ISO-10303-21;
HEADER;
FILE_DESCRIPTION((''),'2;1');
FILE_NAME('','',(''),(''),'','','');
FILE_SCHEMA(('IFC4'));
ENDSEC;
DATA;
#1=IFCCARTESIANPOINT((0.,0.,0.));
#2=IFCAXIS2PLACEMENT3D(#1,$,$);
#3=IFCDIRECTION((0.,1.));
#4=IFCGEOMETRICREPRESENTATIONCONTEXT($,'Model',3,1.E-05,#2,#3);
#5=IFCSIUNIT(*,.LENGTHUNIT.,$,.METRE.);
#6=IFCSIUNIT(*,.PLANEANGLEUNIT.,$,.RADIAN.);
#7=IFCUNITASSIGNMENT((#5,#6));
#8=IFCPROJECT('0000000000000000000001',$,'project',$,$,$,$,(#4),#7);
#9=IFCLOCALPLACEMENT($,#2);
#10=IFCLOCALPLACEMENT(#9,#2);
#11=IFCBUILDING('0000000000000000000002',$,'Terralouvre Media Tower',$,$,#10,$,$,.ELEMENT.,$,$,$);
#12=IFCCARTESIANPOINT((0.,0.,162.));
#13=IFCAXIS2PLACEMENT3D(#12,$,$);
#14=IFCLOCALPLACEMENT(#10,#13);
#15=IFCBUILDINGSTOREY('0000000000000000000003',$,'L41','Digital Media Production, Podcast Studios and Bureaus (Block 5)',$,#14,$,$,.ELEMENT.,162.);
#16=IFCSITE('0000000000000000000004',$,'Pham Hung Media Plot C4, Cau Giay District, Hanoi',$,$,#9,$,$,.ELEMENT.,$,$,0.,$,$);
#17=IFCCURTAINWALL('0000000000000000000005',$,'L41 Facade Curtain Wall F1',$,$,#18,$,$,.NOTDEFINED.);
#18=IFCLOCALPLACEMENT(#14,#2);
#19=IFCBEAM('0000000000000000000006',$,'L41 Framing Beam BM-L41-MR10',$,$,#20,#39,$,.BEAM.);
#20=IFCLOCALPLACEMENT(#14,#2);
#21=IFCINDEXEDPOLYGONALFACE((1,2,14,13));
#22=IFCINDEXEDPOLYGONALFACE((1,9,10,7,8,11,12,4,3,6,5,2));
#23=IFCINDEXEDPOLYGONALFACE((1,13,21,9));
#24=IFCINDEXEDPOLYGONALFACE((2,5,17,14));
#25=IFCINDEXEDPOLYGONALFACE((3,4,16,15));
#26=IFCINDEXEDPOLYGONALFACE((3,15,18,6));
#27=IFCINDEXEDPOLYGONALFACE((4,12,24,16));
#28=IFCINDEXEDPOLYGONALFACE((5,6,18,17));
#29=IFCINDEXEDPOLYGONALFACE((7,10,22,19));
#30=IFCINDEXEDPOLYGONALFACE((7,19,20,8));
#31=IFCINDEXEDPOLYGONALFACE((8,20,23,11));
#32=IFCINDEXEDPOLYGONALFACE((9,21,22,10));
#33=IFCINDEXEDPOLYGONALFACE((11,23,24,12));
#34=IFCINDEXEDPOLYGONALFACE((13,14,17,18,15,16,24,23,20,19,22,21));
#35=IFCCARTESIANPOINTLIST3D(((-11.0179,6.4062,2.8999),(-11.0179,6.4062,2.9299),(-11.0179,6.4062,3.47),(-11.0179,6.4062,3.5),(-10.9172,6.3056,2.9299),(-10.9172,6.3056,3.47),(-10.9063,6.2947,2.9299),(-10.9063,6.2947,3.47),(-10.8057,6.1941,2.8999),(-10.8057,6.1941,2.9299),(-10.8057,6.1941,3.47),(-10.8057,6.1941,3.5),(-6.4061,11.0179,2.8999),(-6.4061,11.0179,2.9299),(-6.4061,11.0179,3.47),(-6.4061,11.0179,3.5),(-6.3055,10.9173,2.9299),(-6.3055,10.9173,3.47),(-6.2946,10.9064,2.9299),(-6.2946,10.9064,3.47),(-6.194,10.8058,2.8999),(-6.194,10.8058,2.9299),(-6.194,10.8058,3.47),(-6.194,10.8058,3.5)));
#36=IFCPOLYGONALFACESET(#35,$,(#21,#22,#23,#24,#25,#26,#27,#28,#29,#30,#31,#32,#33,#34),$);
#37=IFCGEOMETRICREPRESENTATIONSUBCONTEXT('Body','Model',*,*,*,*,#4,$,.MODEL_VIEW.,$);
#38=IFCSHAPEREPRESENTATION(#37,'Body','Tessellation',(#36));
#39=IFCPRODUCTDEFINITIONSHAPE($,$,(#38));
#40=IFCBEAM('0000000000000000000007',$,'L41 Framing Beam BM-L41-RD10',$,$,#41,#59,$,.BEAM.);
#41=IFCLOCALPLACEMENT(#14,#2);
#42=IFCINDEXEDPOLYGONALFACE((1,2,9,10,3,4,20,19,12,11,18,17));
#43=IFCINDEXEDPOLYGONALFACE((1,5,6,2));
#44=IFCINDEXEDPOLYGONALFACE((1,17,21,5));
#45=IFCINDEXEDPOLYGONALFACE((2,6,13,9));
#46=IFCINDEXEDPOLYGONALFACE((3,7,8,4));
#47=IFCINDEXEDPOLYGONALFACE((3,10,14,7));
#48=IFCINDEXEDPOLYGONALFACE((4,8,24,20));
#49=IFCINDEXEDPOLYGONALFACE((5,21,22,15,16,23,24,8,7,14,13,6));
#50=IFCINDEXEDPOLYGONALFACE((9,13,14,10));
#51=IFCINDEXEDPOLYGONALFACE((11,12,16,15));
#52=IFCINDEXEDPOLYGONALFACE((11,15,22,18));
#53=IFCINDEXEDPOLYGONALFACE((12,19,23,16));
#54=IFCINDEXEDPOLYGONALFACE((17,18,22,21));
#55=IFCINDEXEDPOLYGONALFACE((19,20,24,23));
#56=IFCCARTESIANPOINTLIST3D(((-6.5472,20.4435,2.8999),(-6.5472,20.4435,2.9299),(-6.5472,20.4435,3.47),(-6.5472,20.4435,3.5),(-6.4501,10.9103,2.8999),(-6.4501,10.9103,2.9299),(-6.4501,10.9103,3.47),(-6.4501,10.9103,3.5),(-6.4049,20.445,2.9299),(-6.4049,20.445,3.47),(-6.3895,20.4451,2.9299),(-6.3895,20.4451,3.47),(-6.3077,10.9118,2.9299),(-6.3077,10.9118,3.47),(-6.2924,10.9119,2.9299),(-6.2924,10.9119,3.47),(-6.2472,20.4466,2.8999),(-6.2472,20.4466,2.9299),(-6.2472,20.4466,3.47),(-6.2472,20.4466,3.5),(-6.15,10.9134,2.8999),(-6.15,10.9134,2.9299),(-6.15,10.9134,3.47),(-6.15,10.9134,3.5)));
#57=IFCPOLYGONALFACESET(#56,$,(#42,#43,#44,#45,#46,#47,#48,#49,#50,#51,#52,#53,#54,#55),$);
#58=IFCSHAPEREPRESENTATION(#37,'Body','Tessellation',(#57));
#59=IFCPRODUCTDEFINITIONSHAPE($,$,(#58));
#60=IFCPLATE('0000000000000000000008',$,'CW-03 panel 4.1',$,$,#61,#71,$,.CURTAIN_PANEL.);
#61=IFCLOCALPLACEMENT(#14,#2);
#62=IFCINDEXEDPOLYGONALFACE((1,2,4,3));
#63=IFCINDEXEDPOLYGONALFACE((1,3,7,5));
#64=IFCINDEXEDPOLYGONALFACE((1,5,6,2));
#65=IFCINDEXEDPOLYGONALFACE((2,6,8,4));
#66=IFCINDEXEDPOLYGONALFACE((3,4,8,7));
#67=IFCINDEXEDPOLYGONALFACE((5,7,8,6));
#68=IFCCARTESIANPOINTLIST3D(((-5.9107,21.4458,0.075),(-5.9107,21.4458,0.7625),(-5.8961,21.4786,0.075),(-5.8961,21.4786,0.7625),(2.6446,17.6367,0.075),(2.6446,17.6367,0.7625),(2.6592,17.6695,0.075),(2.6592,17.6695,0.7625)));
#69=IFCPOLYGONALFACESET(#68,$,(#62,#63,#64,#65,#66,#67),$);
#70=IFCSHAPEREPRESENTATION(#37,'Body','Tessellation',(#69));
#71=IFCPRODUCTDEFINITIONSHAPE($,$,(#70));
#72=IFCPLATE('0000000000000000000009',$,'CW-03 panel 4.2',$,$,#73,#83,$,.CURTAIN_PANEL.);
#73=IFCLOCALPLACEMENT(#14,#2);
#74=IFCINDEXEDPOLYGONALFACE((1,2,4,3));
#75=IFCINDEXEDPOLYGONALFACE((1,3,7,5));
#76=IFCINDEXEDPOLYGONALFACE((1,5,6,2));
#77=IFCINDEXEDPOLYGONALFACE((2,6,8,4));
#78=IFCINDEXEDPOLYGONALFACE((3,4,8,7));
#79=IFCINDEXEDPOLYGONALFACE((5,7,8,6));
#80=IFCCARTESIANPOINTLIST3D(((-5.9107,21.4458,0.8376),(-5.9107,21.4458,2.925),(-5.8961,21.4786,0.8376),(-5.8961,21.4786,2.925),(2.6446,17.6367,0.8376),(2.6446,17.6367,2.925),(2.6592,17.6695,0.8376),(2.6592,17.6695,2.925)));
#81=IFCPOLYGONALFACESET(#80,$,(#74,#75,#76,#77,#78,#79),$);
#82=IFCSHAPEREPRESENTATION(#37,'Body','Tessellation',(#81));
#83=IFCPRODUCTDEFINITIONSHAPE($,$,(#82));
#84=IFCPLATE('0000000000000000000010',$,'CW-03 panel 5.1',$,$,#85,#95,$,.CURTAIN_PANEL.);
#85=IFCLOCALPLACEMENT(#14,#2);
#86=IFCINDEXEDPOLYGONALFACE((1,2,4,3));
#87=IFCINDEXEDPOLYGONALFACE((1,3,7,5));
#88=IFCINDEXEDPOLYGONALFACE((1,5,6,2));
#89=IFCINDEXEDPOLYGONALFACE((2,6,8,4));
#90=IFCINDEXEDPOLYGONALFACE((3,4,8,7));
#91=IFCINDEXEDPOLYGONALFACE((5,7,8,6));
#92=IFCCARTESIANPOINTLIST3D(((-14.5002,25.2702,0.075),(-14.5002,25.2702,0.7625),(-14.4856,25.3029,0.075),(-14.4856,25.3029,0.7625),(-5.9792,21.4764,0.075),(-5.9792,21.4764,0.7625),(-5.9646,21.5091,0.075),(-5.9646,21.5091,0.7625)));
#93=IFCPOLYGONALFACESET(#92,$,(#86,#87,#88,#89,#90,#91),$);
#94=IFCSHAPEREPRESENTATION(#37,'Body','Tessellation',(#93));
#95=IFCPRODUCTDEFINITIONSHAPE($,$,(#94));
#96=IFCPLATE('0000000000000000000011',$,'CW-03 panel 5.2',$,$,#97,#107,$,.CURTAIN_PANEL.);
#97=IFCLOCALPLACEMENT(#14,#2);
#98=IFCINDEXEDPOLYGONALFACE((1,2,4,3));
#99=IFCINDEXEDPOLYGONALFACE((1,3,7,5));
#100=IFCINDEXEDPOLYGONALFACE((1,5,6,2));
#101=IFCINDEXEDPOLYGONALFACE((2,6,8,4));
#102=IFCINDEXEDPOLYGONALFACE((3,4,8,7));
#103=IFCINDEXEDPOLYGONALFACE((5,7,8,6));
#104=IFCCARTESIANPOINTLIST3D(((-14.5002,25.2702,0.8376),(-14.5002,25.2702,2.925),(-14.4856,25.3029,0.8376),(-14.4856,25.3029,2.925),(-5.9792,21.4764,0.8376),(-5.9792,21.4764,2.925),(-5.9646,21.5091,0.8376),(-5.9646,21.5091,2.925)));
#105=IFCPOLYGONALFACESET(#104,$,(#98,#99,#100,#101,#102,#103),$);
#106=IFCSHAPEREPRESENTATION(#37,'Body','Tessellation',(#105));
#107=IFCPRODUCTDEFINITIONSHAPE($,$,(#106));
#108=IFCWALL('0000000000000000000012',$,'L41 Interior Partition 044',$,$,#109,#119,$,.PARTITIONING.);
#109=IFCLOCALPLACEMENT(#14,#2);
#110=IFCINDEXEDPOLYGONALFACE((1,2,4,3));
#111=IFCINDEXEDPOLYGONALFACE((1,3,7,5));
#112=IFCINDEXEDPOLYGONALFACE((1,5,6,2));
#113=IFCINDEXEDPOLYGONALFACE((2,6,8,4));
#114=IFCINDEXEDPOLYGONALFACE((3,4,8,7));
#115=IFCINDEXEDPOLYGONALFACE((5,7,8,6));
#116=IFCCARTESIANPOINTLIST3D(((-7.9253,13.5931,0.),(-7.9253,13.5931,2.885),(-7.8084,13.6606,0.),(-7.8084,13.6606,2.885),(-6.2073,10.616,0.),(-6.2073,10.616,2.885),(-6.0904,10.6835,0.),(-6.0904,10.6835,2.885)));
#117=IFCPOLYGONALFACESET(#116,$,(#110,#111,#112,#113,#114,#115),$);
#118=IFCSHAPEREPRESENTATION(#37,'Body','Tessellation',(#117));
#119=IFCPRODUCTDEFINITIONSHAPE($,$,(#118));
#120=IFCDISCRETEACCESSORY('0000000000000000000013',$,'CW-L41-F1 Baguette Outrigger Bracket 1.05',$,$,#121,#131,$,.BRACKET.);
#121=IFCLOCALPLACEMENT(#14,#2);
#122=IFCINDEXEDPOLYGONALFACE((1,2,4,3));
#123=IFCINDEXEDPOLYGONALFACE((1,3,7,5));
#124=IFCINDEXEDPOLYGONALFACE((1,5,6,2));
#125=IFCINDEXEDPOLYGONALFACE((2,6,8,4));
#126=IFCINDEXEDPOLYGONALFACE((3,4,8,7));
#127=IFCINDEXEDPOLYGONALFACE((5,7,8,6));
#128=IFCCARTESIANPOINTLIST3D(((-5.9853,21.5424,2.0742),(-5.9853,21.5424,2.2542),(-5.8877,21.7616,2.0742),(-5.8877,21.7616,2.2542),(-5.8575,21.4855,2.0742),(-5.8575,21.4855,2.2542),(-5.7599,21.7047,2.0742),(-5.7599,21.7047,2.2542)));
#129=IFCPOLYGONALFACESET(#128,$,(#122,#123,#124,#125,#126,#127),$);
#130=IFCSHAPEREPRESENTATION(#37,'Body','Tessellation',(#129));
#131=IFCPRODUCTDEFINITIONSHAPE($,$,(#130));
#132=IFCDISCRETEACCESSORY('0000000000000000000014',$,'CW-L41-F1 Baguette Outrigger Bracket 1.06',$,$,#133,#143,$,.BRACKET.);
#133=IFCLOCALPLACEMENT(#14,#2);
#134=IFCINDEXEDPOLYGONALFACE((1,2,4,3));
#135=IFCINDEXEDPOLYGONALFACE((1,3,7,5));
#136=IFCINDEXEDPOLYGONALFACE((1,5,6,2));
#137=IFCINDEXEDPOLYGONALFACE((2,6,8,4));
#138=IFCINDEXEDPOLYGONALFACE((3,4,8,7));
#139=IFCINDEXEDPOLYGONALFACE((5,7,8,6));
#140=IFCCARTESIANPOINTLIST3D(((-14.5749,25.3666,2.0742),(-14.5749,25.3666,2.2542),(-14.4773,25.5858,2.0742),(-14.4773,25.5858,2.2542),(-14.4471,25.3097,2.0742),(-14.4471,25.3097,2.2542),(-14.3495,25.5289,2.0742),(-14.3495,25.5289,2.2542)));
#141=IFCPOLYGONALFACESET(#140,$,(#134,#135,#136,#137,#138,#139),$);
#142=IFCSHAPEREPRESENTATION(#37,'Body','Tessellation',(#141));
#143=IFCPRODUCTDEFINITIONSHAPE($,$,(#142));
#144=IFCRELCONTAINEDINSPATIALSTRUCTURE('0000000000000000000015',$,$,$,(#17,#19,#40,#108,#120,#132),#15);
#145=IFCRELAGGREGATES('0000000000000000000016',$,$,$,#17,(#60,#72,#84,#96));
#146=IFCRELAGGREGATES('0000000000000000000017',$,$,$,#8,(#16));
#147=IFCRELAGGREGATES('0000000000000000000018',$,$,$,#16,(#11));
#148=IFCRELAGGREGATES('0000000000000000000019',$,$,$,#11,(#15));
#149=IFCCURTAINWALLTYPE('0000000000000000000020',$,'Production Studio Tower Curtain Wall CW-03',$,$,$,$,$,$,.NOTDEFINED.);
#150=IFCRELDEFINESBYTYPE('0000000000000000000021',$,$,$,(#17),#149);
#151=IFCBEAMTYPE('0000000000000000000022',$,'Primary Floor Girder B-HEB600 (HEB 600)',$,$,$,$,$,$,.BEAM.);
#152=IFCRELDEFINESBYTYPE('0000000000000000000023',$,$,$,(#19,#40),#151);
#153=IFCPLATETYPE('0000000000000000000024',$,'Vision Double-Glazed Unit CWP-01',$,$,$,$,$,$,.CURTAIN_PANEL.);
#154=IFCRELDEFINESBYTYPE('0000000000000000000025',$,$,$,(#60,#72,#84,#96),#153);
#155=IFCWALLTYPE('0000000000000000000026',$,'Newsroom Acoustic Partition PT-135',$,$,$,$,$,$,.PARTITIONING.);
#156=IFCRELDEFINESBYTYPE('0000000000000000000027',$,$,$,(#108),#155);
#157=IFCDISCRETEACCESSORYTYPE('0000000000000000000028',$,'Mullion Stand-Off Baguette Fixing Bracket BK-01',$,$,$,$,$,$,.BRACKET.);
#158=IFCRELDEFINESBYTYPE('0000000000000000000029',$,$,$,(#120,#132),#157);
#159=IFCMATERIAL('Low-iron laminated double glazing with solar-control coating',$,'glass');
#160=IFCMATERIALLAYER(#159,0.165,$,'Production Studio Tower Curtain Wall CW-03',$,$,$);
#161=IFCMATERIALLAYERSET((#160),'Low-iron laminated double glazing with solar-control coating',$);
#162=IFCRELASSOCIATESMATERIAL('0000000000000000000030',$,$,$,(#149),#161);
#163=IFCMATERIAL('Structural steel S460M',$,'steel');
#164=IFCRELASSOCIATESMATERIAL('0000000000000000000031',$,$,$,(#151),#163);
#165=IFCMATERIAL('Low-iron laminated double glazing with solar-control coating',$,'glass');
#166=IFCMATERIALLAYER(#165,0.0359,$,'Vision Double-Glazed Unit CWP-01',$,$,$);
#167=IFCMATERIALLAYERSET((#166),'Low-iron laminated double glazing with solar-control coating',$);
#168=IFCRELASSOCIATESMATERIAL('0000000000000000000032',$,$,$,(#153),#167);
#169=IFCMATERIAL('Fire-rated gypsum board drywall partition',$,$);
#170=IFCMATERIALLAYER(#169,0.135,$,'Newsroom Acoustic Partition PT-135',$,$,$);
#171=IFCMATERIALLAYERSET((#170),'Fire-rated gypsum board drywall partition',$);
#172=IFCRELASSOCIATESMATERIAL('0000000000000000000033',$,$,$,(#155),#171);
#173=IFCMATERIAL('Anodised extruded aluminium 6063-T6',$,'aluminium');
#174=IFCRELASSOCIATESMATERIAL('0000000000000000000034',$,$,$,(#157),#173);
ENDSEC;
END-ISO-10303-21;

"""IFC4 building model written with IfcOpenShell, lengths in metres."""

from ifc_helpers import new_model, si_unit, direction, frame, frame_2d, origin, origin_2d, place, context, subcontext, project, spatial, rectangle, i_section, extrude, material, layer, layer_set, material_profile, profile_set, type_object, element, aggregate, save


model = new_model("IFC4")

# Units and contexts
model_context = context("Model", 3, precision=1e-05, world=origin(), true_north=direction((0.0, 1.0)))
body_context = subcontext(model_context, "Body", "Model", "MODEL_VIEW")
ifc_project = project(units=[si_unit("LENGTHUNIT", "METRE"), si_unit("PLANEANGLEUNIT", "RADIAN")], contexts=[model_context])

# Site, building, storey
site_placement = place(None, origin())
site = spatial("IfcSite", under=ifc_project, at=site_placement, Name="Pham Hung Media Plot C4, Cau Giay District, Hanoi", CompositionType="ELEMENT", RefElevation=0.0)
building_placement = place(site_placement, origin())
building = spatial("IfcBuilding", under=site, at=building_placement, Name="Terralouvre Media Tower", CompositionType="ELEMENT")
storey_placement = place(building_placement, frame((0.0, 0.0, 162.0)))
storey = spatial("IfcBuildingStorey", under=building, at=storey_placement, Name="L41", Description="Digital Media Production, Podcast Studios and Bureaus (Block 5)", CompositionType="ELEMENT", Elevation=162.0)

# Curtain wall
ifc_material_1 = material(Name="Low-iron laminated double glazing with solar-control coating", Category="glass")
ifc_layer_1 = layer(ifc_material_1, 0.165, Name="Production Studio Tower Curtain Wall CW-03")
ifc_layer_set_1 = layer_set([ifc_layer_1], Name="Low-iron laminated double glazing with solar-control coating")
curtain_wall_type_1 = type_object("IfcCurtainWallType", Name="Production Studio Tower Curtain Wall CW-03", PredefinedType="NOTDEFINED", material=ifc_layer_set_1)
curtain_wall_1_placement = place(storey_placement, origin())
curtain_wall_1 = element("IfcCurtainWall", 1, at=curtain_wall_1_placement, inside=storey, type_object=curtain_wall_type_1, Name="L41 Facade Curtain Wall F1", PredefinedType="NOTDEFINED")

# Beams
ifc_material_2 = material(Name="Structural steel S460M", Category="steel")
ifc_material_profile_1 = material_profile(ifc_material_2, i_section(OverallWidth=0.3, OverallDepth=0.6001, WebThickness=0.0154, FlangeThickness=0.03, at=origin_2d()), Name="HEB 600")
ifc_profile_set_1 = profile_set([ifc_material_profile_1], Name="Structural steel S460M")
beam_type_1 = type_object("IfcBeamType", Name="Primary Floor Girder B-HEB600 (HEB 600)", PredefinedType="BEAM", material=ifc_profile_set_1)
beam_1_placement = place(storey_placement, frame((-6.3, 10.9119, 3.2), z_axis=(-0.707107, -0.707107, 0.0), x_axis=(0.707107, -0.707107, 0.0)))
element("IfcBeam", 2, at=beam_1_placement, inside=storey, type_object=beam_type_1, Name="L41 Framing Beam BM-L41-MR10", PredefinedType="BEAM", context=body_context, shape_type="SweptSolid", body=[
    extrude(i_section(OverallWidth=0.3, OverallDepth=0.6001, WebThickness=0.0154, FlangeThickness=0.03, at=origin_2d()), origin(), (0.0, 0.0, 1.0), 6.522),
])
beam_2_placement = place(storey_placement, frame((-6.3, 10.9119, 3.2), z_axis=(-0.010192, 0.999948, 0.0), x_axis=(-0.999948, -0.010192, 0.0)))
element("IfcBeam", 3, at=beam_2_placement, inside=storey, type_object=beam_type_1, Name="L41 Framing Beam BM-L41-RD10", PredefinedType="BEAM", context=body_context, shape_type="SweptSolid", body=[
    extrude(i_section(OverallWidth=0.3, OverallDepth=0.6001, WebThickness=0.0154, FlangeThickness=0.03, at=origin_2d()), origin(), (0.0, 0.0, 1.0), 9.5337),
])

# Plates
ifc_material_3 = material(Name="Low-iron laminated double glazing with solar-control coating", Category="glass")
ifc_layer_2 = layer(ifc_material_3, 0.0359, Name="Vision Double-Glazed Unit CWP-01")
ifc_layer_set_2 = layer_set([ifc_layer_2], Name="Low-iron laminated double glazing with solar-control coating")
plate_type = type_object("IfcPlateType", Name="Vision Double-Glazed Unit CWP-01", PredefinedType="CURTAIN_PANEL", material=ifc_layer_set_2)
plate_1_placement = place(storey_placement, frame((-1.6257, 19.5576, 0.075), z_axis=(0.0, 0.0, 1.0), x_axis=(-0.913545, 0.406737, 0.0)))
plate_1 = element("IfcPlate", 4, at=plate_1_placement, type_object=plate_type, Name="CW-03 panel 4.1", PredefinedType="CURTAIN_PANEL", context=body_context, shape_type="SweptSolid", body=[
    extrude(rectangle(XDim=9.365, YDim=0.0359, at=origin_2d()), origin(), (0.0, 0.0, 1.0), 0.6875),
])
plate_2_placement = place(storey_placement, frame((-1.6257, 19.5576, 0.8376), z_axis=(0.0, 0.0, 1.0), x_axis=(-0.913545, 0.406737, 0.0)))
plate_2 = element("IfcPlate", 5, at=plate_2_placement, type_object=plate_type, Name="CW-03 panel 4.2", PredefinedType="CURTAIN_PANEL", context=body_context, shape_type="SweptSolid", body=[
    extrude(rectangle(XDim=9.365, YDim=0.0359, at=origin_2d()), origin(), (0.0, 0.0, 1.0), 2.0874),
])
plate_3_placement = place(storey_placement, frame((-10.2324, 23.3896, 0.075), z_axis=(0.0, 0.0, 1.0), x_axis=(-0.913545, 0.406737, 0.0)))
plate_3 = element("IfcPlate", 6, at=plate_3_placement, type_object=plate_type, Name="CW-03 panel 5.1", PredefinedType="CURTAIN_PANEL", context=body_context, shape_type="SweptSolid", body=[
    extrude(rectangle(XDim=9.3274, YDim=0.0359, at=origin_2d()), origin(), (0.0, 0.0, 1.0), 0.6875),
])
plate_4_placement = place(storey_placement, frame((-10.2324, 23.3896, 0.8376), z_axis=(0.0, 0.0, 1.0), x_axis=(-0.913545, 0.406737, 0.0)))
plate_4 = element("IfcPlate", 7, at=plate_4_placement, type_object=plate_type, Name="CW-03 panel 5.2", PredefinedType="CURTAIN_PANEL", context=body_context, shape_type="SweptSolid", body=[
    extrude(rectangle(XDim=9.3274, YDim=0.0359, at=origin_2d()), origin(), (0.0, 0.0, 1.0), 2.0874),
])
aggregate(curtain_wall_1, [plate_1, plate_2, plate_3, plate_4])

# Wall
ifc_material_4 = material(Name="Fire-rated gypsum board drywall partition")
ifc_layer_3 = layer(ifc_material_4, 0.135, Name="Newsroom Acoustic Partition PT-135")
ifc_layer_set_3 = layer_set([ifc_layer_3], Name="Fire-rated gypsum board drywall partition")
wall_type = type_object("IfcWallType", Name="Newsroom Acoustic Partition PT-135", PredefinedType="PARTITIONING", material=ifc_layer_set_3)
wall_placement = place(storey_placement, frame((-7.8669, 13.627, 0.0), z_axis=(0.0, 0.0, 1.0), x_axis=(0.499829, -0.866124, 0.0)))
element("IfcWall", 8, at=wall_placement, inside=storey, type_object=wall_type, Name="L41 Interior Partition 044", PredefinedType="PARTITIONING", context=body_context, shape_type="SweptSolid", body=[
    extrude(rectangle(XDim=3.4373, YDim=0.135, at=frame_2d((1.7188, 0.0))), origin(), (0.0, 0.0, 1.0), 2.885),
])

# Discrete accessories
ifc_material_5 = material(Name="Anodised extruded aluminium 6063-T6", Category="aluminium")
discrete_accessory_type = type_object("IfcDiscreteAccessoryType", Name="Mullion Stand-Off Baguette Fixing Bracket BK-01", PredefinedType="BRACKET", material=ifc_material_5)
for number, where, z_axis, x_axis, name in (
    (9, (-5.8726, 21.6235, 2.0742), (0.0, 0.0, 1.0), (-0.913545, 0.406737, 0.0), "CW-L41-F1 Baguette Outrigger Bracket 1.05"),
    (10, (-14.4622, 25.4478, 2.0742), (0.0, 0.0, 1.0), (-0.913545, 0.406737, 0.0), "CW-L41-F1 Baguette Outrigger Bracket 1.06"),
):
    element("IfcDiscreteAccessory", number, at=place(storey_placement, frame(where, z_axis=z_axis, x_axis=x_axis)), inside=storey, type_object=discrete_accessory_type, Name=name, PredefinedType="BRACKET", context=body_context, shape_type="SweptSolid", body=[
        extrude(rectangle(XDim=0.1399, YDim=0.24, at=origin_2d()), origin(), (0.0, 0.0, 1.0), 0.1799),
    ])

save(model, "model.ifc")
